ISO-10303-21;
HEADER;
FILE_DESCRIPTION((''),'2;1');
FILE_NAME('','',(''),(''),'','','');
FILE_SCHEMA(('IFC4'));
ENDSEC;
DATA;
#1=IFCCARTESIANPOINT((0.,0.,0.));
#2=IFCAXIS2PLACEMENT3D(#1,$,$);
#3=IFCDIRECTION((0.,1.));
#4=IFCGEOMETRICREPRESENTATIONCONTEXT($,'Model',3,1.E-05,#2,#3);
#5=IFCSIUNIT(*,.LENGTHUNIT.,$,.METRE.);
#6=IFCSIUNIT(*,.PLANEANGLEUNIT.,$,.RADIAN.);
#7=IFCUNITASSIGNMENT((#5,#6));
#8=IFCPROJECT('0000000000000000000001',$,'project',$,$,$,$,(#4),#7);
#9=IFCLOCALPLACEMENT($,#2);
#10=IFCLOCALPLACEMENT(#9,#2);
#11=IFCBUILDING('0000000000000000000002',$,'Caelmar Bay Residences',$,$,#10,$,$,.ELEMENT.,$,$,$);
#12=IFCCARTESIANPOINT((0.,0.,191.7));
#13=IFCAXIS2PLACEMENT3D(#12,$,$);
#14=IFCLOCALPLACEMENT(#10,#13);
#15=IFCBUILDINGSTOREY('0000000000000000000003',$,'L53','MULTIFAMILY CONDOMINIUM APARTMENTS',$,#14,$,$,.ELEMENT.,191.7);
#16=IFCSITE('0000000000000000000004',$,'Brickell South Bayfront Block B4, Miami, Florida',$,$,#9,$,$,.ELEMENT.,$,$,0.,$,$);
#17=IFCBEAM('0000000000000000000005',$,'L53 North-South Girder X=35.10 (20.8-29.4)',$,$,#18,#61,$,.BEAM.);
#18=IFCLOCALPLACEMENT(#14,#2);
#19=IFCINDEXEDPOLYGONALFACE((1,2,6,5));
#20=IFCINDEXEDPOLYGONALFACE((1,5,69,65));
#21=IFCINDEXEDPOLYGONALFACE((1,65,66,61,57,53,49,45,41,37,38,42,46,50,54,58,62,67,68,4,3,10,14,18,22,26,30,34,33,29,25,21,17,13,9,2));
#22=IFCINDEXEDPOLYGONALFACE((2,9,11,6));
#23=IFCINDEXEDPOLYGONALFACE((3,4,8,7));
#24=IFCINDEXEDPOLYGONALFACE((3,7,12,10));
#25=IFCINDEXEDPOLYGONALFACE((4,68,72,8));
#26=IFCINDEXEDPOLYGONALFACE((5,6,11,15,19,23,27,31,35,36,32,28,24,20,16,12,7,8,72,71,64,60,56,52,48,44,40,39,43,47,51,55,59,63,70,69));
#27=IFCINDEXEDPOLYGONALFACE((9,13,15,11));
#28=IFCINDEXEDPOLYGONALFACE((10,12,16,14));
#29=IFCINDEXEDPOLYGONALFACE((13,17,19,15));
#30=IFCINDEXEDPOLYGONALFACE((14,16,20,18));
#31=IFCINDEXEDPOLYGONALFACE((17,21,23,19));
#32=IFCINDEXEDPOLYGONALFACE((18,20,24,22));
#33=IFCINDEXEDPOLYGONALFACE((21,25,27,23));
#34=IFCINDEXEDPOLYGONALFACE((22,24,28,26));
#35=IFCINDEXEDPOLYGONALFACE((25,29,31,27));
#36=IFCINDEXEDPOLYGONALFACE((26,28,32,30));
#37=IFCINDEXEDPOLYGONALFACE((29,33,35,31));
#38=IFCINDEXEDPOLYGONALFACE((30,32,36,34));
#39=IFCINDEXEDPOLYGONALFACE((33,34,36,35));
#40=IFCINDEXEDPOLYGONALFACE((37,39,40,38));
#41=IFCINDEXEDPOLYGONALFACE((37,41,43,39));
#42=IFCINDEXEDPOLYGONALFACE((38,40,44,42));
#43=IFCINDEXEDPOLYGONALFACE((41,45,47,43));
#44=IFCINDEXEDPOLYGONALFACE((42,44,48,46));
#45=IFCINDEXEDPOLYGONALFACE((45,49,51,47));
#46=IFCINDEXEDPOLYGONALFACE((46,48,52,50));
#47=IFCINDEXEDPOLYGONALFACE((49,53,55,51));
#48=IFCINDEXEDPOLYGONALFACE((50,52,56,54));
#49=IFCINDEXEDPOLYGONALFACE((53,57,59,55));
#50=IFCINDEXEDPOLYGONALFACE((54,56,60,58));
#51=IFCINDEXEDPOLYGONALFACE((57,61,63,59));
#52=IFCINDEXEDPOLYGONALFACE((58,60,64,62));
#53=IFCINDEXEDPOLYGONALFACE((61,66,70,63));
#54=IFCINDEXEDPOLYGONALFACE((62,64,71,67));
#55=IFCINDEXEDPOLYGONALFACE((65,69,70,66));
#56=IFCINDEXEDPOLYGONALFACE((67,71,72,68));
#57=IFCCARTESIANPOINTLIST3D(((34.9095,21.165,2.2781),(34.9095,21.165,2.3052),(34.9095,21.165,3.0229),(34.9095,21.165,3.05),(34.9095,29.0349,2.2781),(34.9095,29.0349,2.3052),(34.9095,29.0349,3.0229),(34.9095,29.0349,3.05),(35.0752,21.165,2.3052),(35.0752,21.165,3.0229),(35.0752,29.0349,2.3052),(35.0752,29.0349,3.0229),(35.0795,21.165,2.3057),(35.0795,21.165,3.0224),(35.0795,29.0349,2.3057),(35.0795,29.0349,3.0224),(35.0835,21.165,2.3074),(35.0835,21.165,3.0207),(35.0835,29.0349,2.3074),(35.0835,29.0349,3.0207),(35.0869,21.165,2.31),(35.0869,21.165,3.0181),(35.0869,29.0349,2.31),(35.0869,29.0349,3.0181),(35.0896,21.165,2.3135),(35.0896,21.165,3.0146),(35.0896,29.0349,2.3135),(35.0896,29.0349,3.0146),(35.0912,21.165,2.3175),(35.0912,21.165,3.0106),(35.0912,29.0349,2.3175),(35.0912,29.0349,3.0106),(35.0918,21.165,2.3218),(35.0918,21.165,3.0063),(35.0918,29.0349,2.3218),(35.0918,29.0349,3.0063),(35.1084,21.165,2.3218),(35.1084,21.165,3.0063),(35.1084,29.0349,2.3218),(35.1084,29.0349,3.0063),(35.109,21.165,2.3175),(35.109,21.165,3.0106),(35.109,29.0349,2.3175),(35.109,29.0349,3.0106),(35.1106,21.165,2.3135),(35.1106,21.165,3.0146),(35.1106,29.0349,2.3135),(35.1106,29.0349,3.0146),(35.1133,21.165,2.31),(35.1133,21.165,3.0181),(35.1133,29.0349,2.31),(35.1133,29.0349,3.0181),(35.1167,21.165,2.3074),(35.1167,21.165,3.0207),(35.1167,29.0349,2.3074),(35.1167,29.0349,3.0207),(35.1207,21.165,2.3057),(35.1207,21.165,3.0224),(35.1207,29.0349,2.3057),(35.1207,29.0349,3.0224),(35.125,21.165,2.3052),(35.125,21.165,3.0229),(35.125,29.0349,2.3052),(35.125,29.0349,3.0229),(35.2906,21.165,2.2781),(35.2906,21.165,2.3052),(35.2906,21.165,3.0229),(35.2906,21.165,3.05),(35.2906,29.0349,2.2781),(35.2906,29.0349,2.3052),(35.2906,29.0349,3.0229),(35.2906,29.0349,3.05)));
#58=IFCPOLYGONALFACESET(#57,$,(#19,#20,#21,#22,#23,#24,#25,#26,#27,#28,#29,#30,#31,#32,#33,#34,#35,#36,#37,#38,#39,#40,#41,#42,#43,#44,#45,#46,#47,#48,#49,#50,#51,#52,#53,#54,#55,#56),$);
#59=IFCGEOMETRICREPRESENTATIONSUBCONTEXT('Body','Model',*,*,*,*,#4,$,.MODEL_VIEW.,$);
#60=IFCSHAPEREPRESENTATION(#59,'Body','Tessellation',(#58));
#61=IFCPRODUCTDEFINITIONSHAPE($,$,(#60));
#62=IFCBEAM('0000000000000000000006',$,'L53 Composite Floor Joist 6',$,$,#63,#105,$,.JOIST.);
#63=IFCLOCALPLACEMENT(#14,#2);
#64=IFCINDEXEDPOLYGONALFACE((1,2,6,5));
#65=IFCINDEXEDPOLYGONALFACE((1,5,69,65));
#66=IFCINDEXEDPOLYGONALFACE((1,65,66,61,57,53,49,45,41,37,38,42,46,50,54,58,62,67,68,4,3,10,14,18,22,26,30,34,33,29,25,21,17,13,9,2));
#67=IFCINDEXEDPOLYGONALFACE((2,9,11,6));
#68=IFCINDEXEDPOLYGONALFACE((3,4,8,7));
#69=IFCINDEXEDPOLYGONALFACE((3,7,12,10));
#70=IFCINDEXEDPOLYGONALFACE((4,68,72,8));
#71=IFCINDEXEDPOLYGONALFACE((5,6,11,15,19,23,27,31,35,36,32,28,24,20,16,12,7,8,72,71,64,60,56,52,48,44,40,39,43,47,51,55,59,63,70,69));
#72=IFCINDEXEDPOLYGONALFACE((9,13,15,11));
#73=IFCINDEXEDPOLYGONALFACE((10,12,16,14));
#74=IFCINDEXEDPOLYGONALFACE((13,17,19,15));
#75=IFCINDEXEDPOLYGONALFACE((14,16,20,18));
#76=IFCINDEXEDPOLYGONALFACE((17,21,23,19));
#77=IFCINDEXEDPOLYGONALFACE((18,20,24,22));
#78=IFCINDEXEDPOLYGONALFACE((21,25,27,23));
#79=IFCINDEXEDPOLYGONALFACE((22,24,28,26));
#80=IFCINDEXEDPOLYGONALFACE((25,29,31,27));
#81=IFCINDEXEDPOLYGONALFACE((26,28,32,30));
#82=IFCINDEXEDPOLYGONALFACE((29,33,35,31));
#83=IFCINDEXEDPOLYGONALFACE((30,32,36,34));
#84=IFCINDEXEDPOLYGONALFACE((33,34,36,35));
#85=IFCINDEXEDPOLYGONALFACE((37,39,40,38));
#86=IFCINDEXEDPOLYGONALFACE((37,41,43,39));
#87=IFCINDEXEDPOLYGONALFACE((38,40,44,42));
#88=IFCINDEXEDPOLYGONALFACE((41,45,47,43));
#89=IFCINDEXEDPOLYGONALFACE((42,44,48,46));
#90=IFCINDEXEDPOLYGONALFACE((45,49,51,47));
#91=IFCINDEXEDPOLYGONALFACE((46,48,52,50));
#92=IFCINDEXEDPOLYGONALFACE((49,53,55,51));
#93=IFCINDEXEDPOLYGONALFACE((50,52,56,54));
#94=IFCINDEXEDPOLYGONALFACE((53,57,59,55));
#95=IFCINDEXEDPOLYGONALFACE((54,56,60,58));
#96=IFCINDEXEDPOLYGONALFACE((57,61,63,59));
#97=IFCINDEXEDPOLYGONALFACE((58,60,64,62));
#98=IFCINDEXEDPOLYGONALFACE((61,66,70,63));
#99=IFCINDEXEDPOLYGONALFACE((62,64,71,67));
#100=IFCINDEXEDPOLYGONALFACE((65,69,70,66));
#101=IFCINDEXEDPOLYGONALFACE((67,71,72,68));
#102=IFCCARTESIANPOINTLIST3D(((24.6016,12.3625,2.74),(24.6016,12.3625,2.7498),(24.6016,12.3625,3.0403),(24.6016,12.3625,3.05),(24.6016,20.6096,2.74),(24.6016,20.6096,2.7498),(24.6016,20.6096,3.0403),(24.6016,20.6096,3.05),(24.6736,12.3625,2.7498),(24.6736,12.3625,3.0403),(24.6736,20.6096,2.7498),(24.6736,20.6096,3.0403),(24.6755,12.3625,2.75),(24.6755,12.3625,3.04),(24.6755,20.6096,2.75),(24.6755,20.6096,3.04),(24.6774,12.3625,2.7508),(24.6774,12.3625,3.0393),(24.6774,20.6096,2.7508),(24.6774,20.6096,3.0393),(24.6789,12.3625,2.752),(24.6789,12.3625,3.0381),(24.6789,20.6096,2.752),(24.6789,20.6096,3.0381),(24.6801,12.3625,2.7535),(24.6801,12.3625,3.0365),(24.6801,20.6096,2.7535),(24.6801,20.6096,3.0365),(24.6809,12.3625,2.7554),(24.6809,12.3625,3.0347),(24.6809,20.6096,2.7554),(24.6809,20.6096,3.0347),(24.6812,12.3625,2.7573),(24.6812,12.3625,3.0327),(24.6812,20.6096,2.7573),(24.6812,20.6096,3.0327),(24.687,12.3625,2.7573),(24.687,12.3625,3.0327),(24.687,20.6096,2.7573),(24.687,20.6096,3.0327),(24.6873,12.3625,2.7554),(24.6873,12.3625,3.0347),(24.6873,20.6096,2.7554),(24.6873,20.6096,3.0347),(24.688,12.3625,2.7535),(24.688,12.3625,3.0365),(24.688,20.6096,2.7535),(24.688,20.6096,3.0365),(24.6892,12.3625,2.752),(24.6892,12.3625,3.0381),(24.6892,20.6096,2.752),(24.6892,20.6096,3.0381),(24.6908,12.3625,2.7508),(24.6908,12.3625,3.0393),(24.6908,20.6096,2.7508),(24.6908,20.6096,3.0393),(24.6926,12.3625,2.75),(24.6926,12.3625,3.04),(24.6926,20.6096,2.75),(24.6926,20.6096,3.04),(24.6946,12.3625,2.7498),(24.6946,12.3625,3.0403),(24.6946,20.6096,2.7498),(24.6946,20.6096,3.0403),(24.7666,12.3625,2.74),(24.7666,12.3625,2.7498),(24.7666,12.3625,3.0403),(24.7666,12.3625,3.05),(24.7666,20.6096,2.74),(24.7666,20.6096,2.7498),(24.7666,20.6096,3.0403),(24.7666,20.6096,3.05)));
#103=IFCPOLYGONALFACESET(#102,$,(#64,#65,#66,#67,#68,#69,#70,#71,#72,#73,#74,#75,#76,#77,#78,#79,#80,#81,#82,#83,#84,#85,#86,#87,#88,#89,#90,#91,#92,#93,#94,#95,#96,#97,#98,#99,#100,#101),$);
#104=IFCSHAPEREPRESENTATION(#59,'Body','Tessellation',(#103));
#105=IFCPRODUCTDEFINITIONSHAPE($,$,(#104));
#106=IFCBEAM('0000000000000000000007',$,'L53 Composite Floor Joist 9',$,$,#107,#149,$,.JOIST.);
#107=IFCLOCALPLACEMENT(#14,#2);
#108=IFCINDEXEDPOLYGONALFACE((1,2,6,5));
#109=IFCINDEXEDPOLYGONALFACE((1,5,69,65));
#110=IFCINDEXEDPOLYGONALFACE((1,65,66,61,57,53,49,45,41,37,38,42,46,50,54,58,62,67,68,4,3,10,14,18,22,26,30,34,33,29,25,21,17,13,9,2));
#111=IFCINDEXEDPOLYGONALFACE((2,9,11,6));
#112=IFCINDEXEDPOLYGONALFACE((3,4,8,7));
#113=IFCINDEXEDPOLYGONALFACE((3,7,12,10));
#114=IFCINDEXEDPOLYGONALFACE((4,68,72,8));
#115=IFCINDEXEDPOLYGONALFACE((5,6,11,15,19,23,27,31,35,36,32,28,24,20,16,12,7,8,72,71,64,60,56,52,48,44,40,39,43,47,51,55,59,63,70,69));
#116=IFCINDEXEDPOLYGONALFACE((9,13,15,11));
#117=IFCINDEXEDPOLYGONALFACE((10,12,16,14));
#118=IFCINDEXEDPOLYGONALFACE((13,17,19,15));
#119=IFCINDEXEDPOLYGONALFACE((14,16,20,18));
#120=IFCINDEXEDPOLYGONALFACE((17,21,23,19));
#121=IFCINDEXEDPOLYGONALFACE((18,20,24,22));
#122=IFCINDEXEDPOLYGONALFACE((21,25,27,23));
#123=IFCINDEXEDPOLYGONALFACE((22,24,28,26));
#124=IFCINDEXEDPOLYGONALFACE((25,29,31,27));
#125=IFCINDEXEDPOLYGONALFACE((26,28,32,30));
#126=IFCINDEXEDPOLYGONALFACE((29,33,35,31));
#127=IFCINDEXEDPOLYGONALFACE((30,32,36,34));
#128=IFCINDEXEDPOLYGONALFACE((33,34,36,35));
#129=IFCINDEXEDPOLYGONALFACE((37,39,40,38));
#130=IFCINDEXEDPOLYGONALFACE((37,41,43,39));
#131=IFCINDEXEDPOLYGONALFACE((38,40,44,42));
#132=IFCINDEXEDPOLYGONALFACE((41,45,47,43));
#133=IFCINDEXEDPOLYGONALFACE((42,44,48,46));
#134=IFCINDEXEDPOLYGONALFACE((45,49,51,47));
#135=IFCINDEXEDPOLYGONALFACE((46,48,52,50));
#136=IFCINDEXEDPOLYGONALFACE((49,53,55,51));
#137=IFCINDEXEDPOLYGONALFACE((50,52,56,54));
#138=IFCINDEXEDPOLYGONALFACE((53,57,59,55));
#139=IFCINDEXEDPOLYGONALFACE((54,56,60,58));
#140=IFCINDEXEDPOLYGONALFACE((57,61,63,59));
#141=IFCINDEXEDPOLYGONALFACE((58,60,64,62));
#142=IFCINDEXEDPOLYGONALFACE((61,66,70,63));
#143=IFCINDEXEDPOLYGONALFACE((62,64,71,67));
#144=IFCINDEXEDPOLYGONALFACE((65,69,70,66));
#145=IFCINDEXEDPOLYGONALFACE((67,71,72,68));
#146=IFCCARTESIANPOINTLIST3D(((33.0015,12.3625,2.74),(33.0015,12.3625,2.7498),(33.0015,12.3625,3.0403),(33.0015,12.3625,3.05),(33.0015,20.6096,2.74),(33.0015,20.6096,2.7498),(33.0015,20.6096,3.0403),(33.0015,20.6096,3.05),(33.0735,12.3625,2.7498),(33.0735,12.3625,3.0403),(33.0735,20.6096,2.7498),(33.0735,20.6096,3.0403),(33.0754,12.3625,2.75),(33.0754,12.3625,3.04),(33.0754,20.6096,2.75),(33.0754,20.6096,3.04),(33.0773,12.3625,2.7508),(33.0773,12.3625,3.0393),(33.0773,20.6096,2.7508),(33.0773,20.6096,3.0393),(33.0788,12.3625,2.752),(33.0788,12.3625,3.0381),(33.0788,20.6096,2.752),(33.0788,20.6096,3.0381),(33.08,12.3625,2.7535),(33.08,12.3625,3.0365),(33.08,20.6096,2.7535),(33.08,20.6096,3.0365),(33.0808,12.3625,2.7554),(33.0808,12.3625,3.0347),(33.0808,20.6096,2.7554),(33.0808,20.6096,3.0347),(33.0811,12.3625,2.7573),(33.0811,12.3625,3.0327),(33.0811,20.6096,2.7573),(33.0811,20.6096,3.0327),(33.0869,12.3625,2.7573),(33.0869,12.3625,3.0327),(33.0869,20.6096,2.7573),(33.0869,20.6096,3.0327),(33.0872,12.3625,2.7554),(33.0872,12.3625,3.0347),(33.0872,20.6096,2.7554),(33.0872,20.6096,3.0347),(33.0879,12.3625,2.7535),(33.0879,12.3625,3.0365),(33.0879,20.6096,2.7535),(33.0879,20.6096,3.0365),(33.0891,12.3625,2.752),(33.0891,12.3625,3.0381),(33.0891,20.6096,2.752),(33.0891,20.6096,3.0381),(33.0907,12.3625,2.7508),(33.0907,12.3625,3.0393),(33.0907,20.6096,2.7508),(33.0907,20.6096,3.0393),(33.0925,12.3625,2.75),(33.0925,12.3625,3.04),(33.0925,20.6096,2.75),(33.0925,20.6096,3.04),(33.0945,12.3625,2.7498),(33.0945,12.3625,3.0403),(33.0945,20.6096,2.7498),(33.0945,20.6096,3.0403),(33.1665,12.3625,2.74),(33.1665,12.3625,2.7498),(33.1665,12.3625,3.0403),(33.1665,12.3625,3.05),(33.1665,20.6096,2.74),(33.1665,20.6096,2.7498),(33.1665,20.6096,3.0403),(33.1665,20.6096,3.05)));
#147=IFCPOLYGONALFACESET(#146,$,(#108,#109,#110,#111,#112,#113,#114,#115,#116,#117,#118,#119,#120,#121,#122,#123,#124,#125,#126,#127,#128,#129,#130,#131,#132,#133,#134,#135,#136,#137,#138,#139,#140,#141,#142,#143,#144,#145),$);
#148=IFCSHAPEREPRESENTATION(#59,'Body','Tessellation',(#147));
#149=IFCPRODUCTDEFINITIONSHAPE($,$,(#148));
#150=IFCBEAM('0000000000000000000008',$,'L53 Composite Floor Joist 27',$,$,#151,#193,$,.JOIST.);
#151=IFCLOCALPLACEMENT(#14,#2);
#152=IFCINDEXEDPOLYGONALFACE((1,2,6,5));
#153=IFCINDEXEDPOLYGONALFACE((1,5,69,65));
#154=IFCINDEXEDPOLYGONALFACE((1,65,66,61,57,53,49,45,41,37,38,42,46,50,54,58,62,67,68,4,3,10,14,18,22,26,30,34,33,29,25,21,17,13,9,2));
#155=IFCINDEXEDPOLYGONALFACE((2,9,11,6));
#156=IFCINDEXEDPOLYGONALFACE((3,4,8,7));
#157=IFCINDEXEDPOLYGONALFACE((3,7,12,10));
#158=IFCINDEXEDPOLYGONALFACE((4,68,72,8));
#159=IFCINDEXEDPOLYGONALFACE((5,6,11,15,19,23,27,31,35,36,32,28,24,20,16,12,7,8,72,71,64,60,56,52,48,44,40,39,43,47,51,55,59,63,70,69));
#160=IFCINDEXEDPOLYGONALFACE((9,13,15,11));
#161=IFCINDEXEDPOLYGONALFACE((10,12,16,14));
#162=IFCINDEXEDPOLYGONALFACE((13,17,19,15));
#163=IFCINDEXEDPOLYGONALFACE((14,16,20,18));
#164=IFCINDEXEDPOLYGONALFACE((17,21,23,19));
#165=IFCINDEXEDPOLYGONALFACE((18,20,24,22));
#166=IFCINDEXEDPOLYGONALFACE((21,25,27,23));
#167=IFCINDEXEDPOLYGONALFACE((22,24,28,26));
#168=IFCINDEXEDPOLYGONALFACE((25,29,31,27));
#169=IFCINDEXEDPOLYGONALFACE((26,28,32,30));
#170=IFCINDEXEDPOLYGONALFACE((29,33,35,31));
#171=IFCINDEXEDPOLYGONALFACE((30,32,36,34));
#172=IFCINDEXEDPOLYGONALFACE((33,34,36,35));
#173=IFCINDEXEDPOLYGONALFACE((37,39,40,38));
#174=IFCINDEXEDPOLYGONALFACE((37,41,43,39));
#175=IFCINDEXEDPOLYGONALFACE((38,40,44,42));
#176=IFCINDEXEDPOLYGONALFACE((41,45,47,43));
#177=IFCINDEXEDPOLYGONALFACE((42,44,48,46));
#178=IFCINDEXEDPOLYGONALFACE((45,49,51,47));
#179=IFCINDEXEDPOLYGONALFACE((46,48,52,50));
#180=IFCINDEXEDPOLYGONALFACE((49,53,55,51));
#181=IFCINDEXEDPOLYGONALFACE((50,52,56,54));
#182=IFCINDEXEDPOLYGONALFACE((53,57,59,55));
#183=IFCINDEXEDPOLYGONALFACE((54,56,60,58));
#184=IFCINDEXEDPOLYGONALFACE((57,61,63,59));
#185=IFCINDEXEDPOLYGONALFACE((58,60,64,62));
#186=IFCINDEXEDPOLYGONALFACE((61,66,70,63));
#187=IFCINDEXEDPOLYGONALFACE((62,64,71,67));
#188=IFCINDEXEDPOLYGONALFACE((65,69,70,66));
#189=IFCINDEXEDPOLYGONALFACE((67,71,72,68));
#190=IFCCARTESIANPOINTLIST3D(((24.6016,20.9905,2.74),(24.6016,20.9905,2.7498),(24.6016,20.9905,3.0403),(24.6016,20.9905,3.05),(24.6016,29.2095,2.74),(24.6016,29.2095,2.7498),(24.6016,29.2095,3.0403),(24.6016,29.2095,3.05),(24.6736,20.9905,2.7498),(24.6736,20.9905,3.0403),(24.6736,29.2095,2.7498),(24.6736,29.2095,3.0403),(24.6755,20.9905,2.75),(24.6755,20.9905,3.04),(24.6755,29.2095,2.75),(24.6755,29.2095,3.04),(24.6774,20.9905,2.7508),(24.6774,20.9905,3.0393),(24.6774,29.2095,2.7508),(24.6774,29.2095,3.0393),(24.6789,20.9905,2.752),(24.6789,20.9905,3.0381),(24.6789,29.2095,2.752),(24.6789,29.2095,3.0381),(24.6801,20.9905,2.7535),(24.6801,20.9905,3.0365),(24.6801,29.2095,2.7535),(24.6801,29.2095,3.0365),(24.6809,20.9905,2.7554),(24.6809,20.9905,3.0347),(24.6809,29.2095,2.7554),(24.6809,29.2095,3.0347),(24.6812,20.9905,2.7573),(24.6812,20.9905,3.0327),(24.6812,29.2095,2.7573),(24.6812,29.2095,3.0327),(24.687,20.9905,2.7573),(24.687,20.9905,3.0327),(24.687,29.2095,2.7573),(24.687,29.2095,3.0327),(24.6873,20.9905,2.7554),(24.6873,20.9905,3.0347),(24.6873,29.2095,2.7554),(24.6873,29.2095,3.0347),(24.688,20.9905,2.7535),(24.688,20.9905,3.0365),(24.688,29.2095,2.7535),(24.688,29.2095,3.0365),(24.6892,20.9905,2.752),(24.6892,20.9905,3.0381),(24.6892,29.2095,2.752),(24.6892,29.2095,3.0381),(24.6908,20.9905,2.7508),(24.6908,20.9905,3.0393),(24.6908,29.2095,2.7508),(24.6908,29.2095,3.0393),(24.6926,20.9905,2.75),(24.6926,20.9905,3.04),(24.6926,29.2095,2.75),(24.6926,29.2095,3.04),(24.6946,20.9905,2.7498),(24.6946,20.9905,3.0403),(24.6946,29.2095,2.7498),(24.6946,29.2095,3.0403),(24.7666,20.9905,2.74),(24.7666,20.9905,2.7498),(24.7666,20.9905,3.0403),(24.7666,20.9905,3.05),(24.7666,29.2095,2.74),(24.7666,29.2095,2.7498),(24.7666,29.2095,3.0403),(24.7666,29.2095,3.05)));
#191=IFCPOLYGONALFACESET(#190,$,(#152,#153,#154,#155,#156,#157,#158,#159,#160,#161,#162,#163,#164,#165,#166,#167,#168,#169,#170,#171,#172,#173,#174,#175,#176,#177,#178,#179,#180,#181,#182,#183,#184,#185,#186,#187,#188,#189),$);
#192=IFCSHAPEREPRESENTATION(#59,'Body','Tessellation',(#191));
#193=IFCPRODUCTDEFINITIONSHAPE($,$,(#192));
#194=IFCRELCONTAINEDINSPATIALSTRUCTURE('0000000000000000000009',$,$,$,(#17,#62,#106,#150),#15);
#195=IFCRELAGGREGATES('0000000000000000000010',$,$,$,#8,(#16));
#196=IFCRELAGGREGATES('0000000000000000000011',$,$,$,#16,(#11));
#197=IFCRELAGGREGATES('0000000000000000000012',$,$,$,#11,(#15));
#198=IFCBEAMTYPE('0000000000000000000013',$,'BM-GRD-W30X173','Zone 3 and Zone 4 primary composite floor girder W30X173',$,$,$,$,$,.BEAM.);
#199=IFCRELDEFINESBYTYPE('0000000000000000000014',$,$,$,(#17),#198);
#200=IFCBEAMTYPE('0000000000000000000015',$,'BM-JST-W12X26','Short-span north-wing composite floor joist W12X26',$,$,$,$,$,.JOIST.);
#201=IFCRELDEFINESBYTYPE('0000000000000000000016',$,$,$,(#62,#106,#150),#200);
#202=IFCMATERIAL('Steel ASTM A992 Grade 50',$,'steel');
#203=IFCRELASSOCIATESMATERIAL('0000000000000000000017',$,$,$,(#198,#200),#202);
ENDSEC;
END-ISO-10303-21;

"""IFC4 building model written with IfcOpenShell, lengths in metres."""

from ifc_helpers import new_model, si_unit, direction, frame, origin, origin_2d, place, context, subcontext, project, spatial, i_section, extrude, material, material_profile, profile_set, type_object, element, save


model = new_model("IFC4")

# Units and contexts
model_context = context("Model", 3, precision=1e-05, world=origin(), true_north=direction((0.0, 1.0)))
body_context = subcontext(model_context, "Body", "Model", "MODEL_VIEW")
ifc_project = project(units=[si_unit("LENGTHUNIT", "METRE"), si_unit("PLANEANGLEUNIT", "RADIAN")], contexts=[model_context])

# Site, building, storey
site_placement = place(None, origin())
site = spatial("IfcSite", under=ifc_project, at=site_placement, Name="Brickell South Bayfront Block B4, Miami, Florida", CompositionType="ELEMENT", RefElevation=0.0)
building_placement = place(site_placement, origin())
building = spatial("IfcBuilding", under=site, at=building_placement, Name="Caelmar Bay Residences", CompositionType="ELEMENT")
storey_placement = place(building_placement, frame((0.0, 0.0, 191.7)))
storey = spatial("IfcBuildingStorey", under=building, at=storey_placement, Name="L53", Description="MULTIFAMILY CONDOMINIUM APARTMENTS", CompositionType="ELEMENT", Elevation=191.7)

# Beams
ifc_material_1 = material(Name="Steel ASTM A992 Grade 50", Category="steel")
ifc_material_profile_1 = material_profile(ifc_material_1, i_section(OverallWidth=0.3811, OverallDepth=0.772, WebThickness=0.0166, FlangeThickness=0.0271, FilletRadius=0.0166, at=origin_2d()), Name="W30X173")
ifc_profile_set_1 = profile_set([ifc_material_profile_1], Name="Steel ASTM A992 Grade 50")
beam_type_1 = type_object("IfcBeamType", Name="BM-GRD-W30X173", Description="Zone 3 and Zone 4 primary composite floor girder W30X173", PredefinedType="BEAM", material=ifc_profile_set_1)
beam_1_placement = place(storey_placement, frame((35.1001, 21.165, 2.6641), z_axis=(0.0, 1.0, 0.0), x_axis=(-1.0, 0.0, 0.0)))
element("IfcBeam", 1, at=beam_1_placement, inside=storey, type_object=beam_type_1, Name="L53 North-South Girder X=35.10 (20.8-29.4)", PredefinedType="BEAM", context=body_context, shape_type="SweptSolid", body=[
    extrude(i_section(OverallWidth=0.3811, OverallDepth=0.772, WebThickness=0.0166, FlangeThickness=0.0271, FilletRadius=0.0166, at=origin_2d()), origin(), (0.0, 0.0, 1.0), 7.8699),
])
ifc_material_profile_2 = material_profile(ifc_material_1, i_section(OverallWidth=0.165, OverallDepth=0.3101, WebThickness=0.0059, FlangeThickness=0.0098, FilletRadius=0.0076, at=origin_2d()), Name="W12X26")
ifc_profile_set_2 = profile_set([ifc_material_profile_2], Name="Steel ASTM A992 Grade 50")
beam_type_2 = type_object("IfcBeamType", Name="BM-JST-W12X26", Description="Short-span north-wing composite floor joist W12X26", PredefinedType="JOIST", material=ifc_profile_set_2)
for number, where, z_axis, x_axis, name in (
    (2, (24.6841, 12.3625, 2.895), (0.0, 1.0, 0.0), (-1.0, 0.0, 0.0), "L53 Composite Floor Joist 6"),
    (3, (33.084, 12.3625, 2.895), (0.0, 1.0, 0.0), (-1.0, 0.0, 0.0), "L53 Composite Floor Joist 9"),
):
    element("IfcBeam", number, at=place(storey_placement, frame(where, z_axis=z_axis, x_axis=x_axis)), inside=storey, type_object=beam_type_2, Name=name, PredefinedType="JOIST", context=body_context, shape_type="SweptSolid", body=[
        extrude(i_section(OverallWidth=0.165, OverallDepth=0.3101, WebThickness=0.0059, FlangeThickness=0.0098, FilletRadius=0.0076, at=origin_2d()), origin(), (0.0, 0.0, 1.0), 8.2471),
    ])
for number, where, z_axis, x_axis, name in (
    (4, (24.6841, 20.9905, 2.895), (0.0, 1.0, 0.0), (-1.0, 0.0, 0.0), "L53 Composite Floor Joist 27"),
):
    element("IfcBeam", number, at=place(storey_placement, frame(where, z_axis=z_axis, x_axis=x_axis)), inside=storey, type_object=beam_type_2, Name=name, PredefinedType="JOIST", context=body_context, shape_type="SweptSolid", body=[
        extrude(i_section(OverallWidth=0.165, OverallDepth=0.3101, WebThickness=0.0059, FlangeThickness=0.0098, FilletRadius=0.0076, at=origin_2d()), origin(), (0.0, 0.0, 1.0), 8.219),
    ])

save(model, "model.ifc")
